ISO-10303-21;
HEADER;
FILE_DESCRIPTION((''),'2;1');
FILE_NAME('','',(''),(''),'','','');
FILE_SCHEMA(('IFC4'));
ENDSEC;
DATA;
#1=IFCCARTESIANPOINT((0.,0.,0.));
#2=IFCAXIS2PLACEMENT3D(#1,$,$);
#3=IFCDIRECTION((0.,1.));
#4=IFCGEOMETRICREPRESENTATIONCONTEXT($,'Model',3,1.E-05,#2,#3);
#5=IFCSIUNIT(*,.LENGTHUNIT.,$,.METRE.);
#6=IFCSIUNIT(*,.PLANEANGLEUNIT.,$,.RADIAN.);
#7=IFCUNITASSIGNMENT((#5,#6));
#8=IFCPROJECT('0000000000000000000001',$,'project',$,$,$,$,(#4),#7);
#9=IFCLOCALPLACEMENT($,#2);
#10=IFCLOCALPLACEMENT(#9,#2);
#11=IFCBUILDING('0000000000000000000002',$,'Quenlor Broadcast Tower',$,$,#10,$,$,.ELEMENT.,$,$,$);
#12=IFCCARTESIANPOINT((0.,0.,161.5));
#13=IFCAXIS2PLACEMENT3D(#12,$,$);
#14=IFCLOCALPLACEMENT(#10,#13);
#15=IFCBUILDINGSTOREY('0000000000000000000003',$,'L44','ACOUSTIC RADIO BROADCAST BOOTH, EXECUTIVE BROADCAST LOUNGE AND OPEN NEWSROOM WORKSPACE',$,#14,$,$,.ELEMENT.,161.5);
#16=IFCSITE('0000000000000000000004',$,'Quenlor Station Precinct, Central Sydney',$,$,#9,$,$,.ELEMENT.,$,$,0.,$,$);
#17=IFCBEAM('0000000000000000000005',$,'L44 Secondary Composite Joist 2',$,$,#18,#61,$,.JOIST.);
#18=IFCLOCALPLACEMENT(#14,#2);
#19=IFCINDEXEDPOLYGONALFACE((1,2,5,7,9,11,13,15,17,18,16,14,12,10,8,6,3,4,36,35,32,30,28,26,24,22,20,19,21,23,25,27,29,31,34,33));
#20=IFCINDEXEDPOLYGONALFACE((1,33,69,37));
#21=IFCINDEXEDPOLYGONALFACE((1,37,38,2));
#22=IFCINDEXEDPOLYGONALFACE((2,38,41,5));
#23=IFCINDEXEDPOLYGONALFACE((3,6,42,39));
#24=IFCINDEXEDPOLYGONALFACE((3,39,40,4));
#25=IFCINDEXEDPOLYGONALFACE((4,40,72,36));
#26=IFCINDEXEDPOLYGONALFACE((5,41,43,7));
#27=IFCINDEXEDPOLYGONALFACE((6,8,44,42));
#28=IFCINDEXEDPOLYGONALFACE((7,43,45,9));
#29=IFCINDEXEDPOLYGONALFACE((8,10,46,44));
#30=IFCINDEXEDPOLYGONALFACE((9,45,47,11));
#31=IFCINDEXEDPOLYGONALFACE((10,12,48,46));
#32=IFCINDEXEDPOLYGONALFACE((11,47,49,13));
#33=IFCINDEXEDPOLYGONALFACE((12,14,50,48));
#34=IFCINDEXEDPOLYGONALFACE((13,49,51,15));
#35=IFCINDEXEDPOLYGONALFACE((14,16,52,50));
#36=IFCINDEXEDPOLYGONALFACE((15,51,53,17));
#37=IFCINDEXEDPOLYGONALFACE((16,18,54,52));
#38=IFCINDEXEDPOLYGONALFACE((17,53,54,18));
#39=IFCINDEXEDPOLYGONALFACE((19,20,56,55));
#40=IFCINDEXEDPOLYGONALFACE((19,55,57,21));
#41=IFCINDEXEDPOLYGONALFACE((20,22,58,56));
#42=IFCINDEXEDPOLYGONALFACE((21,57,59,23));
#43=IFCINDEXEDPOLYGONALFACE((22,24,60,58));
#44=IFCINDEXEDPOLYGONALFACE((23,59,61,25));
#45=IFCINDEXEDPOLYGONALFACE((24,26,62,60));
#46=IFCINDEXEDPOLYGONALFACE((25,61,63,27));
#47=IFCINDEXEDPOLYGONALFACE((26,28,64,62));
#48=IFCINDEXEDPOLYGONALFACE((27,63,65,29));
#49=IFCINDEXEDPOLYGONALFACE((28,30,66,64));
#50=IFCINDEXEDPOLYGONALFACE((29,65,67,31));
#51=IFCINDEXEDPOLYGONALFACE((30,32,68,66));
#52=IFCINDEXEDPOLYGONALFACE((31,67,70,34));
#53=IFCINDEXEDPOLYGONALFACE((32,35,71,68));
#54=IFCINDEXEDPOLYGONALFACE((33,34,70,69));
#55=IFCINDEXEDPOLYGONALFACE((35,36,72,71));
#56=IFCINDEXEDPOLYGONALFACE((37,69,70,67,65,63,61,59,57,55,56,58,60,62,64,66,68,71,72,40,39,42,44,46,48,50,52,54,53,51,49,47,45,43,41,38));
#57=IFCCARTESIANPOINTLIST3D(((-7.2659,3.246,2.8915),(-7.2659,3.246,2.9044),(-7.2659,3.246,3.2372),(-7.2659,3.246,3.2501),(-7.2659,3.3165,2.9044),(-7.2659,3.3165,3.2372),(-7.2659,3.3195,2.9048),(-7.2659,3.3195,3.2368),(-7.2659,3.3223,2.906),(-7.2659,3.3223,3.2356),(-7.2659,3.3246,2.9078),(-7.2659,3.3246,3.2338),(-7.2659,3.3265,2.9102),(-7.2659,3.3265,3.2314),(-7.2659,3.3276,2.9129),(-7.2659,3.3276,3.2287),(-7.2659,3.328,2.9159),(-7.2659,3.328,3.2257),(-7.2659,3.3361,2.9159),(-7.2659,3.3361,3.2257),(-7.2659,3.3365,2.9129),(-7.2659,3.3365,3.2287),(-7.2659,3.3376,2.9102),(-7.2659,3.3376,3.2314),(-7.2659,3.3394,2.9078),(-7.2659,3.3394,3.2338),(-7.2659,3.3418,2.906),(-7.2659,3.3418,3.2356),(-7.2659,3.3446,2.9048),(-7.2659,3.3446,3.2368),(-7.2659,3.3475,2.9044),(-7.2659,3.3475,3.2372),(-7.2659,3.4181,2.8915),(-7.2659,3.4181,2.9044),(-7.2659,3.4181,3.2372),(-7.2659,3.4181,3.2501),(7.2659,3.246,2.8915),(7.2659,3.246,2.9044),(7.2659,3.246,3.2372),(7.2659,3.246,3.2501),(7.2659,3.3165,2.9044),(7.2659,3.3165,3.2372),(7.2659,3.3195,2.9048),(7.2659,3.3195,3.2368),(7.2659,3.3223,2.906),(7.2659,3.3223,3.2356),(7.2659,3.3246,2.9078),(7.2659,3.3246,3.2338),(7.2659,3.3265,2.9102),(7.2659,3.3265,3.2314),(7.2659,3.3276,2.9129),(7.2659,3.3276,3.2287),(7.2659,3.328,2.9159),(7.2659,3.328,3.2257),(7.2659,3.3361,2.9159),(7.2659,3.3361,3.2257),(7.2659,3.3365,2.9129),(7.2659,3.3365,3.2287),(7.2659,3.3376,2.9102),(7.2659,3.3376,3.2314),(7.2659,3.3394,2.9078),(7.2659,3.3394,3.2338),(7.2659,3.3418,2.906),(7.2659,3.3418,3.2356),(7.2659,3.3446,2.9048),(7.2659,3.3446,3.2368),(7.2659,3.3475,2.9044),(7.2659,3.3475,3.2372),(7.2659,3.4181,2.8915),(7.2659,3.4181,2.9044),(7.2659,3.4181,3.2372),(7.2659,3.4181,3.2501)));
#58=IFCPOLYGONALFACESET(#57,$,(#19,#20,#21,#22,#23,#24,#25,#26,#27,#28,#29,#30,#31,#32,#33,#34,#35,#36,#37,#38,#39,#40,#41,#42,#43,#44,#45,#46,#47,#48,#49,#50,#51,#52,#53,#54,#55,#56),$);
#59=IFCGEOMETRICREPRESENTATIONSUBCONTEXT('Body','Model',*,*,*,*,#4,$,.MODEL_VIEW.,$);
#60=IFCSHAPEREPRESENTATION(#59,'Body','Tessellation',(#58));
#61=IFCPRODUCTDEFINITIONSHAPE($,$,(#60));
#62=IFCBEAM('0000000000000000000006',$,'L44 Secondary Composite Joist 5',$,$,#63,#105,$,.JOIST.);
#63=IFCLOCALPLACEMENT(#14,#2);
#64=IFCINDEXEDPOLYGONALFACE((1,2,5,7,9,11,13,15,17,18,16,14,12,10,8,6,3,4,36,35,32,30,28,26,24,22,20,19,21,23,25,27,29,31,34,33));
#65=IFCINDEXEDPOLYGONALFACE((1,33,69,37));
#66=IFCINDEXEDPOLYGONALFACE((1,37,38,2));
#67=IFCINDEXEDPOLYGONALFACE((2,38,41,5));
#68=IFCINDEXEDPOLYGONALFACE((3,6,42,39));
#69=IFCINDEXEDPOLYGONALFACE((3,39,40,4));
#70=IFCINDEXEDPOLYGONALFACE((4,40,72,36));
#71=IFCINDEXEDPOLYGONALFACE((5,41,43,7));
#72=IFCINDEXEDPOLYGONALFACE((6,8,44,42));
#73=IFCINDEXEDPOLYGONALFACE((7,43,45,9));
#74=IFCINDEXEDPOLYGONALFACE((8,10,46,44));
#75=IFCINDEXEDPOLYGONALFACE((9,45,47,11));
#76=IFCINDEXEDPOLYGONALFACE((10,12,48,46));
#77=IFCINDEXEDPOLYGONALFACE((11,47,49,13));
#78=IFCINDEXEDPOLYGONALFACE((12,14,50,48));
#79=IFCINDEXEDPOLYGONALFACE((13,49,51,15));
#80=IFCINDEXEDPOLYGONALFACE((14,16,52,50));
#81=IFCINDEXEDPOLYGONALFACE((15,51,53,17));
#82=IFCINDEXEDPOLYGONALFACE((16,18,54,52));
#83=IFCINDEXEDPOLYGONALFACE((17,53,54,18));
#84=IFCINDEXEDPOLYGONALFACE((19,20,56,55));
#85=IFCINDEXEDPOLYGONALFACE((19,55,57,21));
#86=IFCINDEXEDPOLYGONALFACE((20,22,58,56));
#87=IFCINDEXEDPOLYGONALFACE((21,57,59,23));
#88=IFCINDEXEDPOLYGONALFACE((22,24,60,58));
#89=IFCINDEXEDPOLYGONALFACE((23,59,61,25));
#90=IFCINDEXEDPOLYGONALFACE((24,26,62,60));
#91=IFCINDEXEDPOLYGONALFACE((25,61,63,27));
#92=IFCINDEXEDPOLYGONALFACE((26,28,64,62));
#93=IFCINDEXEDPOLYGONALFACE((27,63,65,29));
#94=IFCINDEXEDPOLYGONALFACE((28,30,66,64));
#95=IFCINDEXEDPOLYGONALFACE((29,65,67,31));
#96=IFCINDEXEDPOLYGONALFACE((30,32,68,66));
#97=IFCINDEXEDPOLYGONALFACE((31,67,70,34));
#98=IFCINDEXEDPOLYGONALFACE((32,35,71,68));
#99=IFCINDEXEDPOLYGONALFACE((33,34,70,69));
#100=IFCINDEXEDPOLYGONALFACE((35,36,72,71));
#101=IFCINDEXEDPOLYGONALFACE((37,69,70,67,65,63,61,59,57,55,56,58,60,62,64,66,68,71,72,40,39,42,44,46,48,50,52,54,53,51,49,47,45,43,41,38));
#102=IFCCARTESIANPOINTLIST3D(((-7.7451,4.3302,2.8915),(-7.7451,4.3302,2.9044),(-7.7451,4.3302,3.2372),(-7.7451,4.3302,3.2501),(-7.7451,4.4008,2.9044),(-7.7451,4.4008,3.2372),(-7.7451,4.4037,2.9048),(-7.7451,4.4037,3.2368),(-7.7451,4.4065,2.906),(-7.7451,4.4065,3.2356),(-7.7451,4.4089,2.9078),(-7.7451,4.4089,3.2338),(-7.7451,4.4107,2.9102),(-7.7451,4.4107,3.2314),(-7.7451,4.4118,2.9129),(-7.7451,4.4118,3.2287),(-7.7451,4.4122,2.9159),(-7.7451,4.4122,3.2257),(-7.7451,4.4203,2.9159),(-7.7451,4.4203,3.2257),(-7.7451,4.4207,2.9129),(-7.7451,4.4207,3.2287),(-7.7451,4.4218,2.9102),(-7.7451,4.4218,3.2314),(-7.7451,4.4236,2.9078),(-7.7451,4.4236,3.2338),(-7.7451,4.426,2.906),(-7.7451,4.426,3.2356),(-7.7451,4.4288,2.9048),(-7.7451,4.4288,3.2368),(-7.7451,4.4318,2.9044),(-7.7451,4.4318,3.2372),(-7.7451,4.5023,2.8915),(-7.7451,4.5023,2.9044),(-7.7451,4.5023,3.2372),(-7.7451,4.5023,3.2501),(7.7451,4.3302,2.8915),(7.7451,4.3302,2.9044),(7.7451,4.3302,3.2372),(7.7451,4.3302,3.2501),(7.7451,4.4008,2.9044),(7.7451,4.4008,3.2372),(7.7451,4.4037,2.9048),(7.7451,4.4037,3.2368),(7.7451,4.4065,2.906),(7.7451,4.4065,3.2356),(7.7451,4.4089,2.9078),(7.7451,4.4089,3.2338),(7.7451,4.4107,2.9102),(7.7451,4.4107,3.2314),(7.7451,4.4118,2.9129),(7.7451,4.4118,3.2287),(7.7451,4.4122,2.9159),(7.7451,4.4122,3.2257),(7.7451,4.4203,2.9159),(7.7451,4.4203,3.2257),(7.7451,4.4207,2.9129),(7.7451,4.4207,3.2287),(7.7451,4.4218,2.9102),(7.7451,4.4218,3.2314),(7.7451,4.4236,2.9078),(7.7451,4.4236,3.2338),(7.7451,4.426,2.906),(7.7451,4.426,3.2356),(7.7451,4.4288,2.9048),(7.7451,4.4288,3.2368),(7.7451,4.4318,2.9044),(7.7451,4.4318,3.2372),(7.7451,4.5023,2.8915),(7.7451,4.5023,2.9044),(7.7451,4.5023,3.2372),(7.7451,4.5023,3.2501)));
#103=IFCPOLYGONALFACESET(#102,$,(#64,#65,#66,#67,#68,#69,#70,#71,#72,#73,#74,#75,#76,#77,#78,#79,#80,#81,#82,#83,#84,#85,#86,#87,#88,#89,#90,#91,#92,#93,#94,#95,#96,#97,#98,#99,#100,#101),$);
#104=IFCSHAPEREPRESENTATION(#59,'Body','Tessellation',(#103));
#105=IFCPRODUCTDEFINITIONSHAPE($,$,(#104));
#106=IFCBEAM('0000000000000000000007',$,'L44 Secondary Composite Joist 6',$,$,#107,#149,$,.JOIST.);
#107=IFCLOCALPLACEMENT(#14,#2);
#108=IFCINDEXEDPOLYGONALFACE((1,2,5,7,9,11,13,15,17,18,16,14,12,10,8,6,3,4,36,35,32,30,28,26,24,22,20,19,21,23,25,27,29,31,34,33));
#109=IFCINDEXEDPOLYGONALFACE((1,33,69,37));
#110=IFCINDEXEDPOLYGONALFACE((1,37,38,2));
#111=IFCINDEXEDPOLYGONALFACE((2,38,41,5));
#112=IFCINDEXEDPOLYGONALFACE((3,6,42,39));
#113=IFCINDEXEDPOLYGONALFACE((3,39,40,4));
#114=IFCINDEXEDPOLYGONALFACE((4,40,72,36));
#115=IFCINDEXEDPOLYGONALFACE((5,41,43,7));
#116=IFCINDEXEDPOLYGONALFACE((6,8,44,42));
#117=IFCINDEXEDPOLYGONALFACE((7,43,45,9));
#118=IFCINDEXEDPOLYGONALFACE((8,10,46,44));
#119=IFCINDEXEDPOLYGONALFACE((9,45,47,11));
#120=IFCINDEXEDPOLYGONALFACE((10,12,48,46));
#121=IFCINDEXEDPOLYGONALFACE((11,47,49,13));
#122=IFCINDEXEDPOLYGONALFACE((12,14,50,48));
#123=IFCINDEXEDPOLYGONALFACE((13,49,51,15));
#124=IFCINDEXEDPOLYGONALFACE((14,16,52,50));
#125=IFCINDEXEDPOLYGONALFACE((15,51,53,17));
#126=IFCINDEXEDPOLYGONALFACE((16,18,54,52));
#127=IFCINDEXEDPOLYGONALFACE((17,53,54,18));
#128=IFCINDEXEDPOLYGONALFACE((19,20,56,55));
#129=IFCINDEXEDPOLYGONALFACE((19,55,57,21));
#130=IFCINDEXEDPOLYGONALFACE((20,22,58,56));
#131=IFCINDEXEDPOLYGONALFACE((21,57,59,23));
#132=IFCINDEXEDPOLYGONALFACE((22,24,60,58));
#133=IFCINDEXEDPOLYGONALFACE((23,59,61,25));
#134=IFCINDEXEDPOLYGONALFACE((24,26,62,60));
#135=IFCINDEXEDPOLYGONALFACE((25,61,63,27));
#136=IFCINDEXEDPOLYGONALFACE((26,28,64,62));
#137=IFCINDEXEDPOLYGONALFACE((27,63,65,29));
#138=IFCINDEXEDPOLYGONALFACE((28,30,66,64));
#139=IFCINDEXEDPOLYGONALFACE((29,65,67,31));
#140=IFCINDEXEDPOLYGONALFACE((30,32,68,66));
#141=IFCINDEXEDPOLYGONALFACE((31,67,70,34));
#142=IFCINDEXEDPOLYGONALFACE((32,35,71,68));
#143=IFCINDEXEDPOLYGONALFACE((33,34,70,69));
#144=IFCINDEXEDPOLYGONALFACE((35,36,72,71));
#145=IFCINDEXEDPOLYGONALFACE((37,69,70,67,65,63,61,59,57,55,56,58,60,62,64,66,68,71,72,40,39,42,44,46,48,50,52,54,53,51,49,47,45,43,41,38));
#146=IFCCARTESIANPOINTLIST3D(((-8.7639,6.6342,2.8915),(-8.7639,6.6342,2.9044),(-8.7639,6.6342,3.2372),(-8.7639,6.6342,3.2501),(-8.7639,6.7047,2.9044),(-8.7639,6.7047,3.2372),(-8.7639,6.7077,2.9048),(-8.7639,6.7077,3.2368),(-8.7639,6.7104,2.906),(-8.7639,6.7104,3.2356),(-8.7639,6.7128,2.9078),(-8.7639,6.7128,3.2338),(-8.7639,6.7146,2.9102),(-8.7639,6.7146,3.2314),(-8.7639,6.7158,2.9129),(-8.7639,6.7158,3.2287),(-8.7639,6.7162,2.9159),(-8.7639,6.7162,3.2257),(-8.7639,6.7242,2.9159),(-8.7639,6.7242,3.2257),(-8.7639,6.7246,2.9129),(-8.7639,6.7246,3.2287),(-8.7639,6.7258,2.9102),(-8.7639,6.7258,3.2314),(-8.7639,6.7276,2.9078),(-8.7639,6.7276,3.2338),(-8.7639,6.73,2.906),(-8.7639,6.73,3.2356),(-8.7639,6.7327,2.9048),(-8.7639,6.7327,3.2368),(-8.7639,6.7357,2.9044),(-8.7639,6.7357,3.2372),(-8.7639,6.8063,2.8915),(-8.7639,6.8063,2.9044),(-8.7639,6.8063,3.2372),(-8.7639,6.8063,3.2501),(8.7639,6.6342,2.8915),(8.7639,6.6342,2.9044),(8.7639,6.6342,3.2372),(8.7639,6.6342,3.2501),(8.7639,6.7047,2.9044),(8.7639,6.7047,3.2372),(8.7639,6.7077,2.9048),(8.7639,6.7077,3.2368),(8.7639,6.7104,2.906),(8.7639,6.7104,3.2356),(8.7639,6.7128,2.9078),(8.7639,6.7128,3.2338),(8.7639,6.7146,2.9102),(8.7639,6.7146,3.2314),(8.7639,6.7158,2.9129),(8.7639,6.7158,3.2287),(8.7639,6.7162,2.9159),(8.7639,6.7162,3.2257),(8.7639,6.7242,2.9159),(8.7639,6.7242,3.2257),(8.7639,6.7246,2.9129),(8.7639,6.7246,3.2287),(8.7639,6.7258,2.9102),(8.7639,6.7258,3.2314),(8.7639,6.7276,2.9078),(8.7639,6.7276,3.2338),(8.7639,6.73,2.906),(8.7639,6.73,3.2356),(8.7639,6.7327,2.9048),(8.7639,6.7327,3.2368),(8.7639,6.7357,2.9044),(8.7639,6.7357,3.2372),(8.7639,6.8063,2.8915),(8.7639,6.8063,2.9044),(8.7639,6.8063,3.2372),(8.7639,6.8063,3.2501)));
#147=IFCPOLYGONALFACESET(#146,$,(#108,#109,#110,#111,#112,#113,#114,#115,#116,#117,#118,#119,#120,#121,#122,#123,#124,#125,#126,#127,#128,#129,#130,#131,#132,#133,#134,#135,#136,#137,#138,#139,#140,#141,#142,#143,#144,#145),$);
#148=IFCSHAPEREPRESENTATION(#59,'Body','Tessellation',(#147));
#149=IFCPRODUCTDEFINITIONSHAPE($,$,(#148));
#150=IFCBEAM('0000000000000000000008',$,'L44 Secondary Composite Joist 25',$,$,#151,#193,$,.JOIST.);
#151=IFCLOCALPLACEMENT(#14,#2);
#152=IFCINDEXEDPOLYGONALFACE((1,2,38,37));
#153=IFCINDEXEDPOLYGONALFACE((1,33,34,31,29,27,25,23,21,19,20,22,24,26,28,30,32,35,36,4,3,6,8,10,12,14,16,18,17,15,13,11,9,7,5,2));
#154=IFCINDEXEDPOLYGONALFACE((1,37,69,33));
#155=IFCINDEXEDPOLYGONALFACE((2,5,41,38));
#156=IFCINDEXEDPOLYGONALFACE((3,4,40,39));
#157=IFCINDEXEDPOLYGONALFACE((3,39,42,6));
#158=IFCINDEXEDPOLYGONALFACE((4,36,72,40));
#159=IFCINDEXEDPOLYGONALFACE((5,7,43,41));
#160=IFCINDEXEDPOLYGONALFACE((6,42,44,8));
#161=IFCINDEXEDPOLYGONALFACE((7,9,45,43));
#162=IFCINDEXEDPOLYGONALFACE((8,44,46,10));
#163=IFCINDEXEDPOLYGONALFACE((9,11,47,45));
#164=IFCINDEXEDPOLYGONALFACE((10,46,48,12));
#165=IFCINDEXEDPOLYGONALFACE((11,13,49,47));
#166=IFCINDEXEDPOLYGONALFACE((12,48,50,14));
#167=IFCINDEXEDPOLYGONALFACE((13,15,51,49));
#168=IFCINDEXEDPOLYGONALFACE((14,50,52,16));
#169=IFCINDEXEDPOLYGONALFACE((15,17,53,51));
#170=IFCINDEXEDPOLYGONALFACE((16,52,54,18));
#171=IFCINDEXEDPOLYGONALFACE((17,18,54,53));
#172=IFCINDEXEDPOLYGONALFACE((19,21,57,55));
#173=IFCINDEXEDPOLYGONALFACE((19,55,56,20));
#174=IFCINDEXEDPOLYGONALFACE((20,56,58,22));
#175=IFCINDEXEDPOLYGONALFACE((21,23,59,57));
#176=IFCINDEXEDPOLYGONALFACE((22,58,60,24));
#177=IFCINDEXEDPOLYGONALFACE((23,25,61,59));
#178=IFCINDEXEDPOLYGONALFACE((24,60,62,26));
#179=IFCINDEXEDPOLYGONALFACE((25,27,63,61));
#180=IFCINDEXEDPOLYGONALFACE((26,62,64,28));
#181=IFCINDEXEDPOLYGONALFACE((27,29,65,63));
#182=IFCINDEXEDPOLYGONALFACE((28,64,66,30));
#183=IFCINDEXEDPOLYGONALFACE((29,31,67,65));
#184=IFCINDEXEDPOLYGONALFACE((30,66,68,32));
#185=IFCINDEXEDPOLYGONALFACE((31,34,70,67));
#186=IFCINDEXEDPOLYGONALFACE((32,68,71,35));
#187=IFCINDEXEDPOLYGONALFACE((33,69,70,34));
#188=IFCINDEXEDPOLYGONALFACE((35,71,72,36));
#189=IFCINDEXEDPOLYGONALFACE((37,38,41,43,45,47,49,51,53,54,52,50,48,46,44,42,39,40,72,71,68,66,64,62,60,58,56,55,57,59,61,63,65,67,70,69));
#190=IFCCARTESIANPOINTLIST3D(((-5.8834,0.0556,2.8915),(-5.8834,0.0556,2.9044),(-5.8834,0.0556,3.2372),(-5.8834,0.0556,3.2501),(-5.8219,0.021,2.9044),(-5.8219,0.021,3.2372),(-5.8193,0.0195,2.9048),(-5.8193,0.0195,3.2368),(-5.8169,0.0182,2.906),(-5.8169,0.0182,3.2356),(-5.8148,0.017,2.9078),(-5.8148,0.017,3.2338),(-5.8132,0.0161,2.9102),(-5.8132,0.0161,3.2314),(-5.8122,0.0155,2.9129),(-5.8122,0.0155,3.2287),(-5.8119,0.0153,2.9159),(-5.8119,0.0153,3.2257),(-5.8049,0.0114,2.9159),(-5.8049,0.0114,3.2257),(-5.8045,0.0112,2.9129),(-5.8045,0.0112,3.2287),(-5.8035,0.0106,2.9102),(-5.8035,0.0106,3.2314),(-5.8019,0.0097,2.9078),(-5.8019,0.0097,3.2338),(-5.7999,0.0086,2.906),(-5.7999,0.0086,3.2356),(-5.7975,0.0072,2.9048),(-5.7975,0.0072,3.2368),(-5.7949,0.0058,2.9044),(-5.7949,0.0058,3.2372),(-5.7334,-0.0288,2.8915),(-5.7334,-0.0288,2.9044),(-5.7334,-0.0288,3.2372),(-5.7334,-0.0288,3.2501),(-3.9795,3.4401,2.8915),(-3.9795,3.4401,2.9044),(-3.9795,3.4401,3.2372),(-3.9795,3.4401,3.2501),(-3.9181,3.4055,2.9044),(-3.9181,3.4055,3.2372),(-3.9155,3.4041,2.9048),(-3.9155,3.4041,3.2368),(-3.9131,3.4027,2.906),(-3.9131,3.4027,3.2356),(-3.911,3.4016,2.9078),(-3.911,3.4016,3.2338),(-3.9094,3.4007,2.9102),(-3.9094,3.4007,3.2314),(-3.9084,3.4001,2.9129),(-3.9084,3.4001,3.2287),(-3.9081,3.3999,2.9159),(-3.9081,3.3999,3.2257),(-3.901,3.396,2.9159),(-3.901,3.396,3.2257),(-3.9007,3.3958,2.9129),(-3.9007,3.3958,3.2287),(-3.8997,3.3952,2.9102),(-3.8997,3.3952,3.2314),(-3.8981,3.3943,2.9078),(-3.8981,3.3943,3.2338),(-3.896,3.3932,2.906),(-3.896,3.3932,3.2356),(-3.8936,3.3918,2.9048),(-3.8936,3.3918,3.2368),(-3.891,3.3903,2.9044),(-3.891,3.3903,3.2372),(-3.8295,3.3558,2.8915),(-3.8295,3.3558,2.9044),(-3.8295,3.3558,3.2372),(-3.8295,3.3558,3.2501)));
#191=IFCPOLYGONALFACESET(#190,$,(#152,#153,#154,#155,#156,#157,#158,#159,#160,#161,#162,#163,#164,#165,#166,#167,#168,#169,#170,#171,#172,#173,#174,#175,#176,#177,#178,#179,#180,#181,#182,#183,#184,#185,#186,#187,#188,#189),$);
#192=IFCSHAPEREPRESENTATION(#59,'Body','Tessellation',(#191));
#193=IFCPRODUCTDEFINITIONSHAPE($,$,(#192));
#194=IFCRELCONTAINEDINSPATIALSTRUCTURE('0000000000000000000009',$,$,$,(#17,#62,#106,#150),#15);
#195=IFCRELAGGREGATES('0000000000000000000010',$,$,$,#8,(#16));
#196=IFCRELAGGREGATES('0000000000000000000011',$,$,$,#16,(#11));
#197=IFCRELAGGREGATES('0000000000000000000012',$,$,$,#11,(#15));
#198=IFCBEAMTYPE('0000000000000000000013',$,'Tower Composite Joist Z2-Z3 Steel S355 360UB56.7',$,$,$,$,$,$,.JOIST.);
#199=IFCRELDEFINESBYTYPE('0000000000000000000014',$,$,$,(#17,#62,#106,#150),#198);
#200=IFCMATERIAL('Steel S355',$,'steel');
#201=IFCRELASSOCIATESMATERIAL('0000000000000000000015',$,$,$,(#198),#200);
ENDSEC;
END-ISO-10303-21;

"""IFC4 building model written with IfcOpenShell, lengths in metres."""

from ifc_helpers import new_model, si_unit, direction, frame, origin, origin_2d, place, context, subcontext, project, spatial, i_section, extrude, material, material_profile, profile_set, type_object, element, save


model = new_model("IFC4")

# Units and contexts
model_context = context("Model", 3, precision=1e-05, world=origin(), true_north=direction((0.0, 1.0)))
body_context = subcontext(model_context, "Body", "Model", "MODEL_VIEW")
ifc_project = project(units=[si_unit("LENGTHUNIT", "METRE"), si_unit("PLANEANGLEUNIT", "RADIAN")], contexts=[model_context])

# Site, building, storey
site_placement = place(None, origin())
site = spatial("IfcSite", under=ifc_project, at=site_placement, Name="Quenlor Station Precinct, Central Sydney", CompositionType="ELEMENT", RefElevation=0.0)
building_placement = place(site_placement, origin())
building = spatial("IfcBuilding", under=site, at=building_placement, Name="Quenlor Broadcast Tower", CompositionType="ELEMENT")
storey_placement = place(building_placement, frame((0.0, 0.0, 161.5)))
storey = spatial("IfcBuildingStorey", under=building, at=storey_placement, Name="L44", Description="ACOUSTIC RADIO BROADCAST BOOTH, EXECUTIVE BROADCAST LOUNGE AND OPEN NEWSROOM WORKSPACE", CompositionType="ELEMENT", Elevation=161.5)

# Beams
ifc_material_1 = material(Name="Steel S355", Category="steel")
ifc_material_profile_1 = material_profile(ifc_material_1, i_section(OverallWidth=0.1721, OverallDepth=0.3586, WebThickness=0.0081, FlangeThickness=0.0129, FilletRadius=0.0115, at=origin_2d()))
ifc_profile_set_1 = profile_set([ifc_material_profile_1], Name="Steel S355 360UB56.7")
beam_type_1 = type_object("IfcBeamType", Name="Tower Composite Joist Z2-Z3 Steel S355 360UB56.7", PredefinedType="JOIST", material=ifc_profile_set_1)
beam_1_placement = place(storey_placement, frame((-7.2659, 3.332, 3.0708), z_axis=(1.0, 0.0, 0.0), x_axis=(0.0, 1.0, 0.0)))
element("IfcBeam", 1, at=beam_1_placement, inside=storey, type_object=beam_type_1, Name="L44 Secondary Composite Joist 2", PredefinedType="JOIST", context=body_context, shape_type="SweptSolid", body=[
    extrude(i_section(OverallWidth=0.1721, OverallDepth=0.3586, WebThickness=0.0081, FlangeThickness=0.0129, FilletRadius=0.0115, at=origin_2d()), origin(), (0.0, 0.0, 1.0), 14.5317),
])
beam_2_placement = place(storey_placement, frame((-7.7451, 4.4163, 3.0708), z_axis=(1.0, 0.0, 0.0), x_axis=(0.0, 1.0, 0.0)))
element("IfcBeam", 2, at=beam_2_placement, inside=storey, type_object=beam_type_1, Name="L44 Secondary Composite Joist 5", PredefinedType="JOIST", context=body_context, shape_type="SweptSolid", body=[
    extrude(i_section(OverallWidth=0.1721, OverallDepth=0.3586, WebThickness=0.0081, FlangeThickness=0.0129, FilletRadius=0.0115, at=origin_2d()), origin(), (0.0, 0.0, 1.0), 15.4902),
])
beam_3_placement = place(storey_placement, frame((-8.7639, 6.7202, 3.0708), z_axis=(1.0, 0.0, 0.0), x_axis=(0.0, 1.0, 0.0)))
element("IfcBeam", 3, at=beam_3_placement, inside=storey, type_object=beam_type_1, Name="L44 Secondary Composite Joist 6", PredefinedType="JOIST", context=body_context, shape_type="SweptSolid", body=[
    extrude(i_section(OverallWidth=0.1721, OverallDepth=0.3586, WebThickness=0.0081, FlangeThickness=0.0129, FilletRadius=0.0115, at=origin_2d()), origin(), (0.0, 0.0, 1.0), 17.5278),
])
beam_4_placement = place(storey_placement, frame((-3.9045, 3.3979, 3.0708), z_axis=(-0.490264, -0.871574, 0.0), x_axis=(0.871574, -0.490264, 0.0)))
element("IfcBeam", 4, at=beam_4_placement, inside=storey, type_object=beam_type_1, Name="L44 Secondary Composite Joist 25", PredefinedType="JOIST", context=body_context, shape_type="SweptSolid", body=[
    extrude(i_section(OverallWidth=0.1721, OverallDepth=0.3586, WebThickness=0.0081, FlangeThickness=0.0129, FilletRadius=0.0115, at=origin_2d()), origin(), (0.0, 0.0, 1.0), 3.8833),
])

save(model, "model.ifc")
